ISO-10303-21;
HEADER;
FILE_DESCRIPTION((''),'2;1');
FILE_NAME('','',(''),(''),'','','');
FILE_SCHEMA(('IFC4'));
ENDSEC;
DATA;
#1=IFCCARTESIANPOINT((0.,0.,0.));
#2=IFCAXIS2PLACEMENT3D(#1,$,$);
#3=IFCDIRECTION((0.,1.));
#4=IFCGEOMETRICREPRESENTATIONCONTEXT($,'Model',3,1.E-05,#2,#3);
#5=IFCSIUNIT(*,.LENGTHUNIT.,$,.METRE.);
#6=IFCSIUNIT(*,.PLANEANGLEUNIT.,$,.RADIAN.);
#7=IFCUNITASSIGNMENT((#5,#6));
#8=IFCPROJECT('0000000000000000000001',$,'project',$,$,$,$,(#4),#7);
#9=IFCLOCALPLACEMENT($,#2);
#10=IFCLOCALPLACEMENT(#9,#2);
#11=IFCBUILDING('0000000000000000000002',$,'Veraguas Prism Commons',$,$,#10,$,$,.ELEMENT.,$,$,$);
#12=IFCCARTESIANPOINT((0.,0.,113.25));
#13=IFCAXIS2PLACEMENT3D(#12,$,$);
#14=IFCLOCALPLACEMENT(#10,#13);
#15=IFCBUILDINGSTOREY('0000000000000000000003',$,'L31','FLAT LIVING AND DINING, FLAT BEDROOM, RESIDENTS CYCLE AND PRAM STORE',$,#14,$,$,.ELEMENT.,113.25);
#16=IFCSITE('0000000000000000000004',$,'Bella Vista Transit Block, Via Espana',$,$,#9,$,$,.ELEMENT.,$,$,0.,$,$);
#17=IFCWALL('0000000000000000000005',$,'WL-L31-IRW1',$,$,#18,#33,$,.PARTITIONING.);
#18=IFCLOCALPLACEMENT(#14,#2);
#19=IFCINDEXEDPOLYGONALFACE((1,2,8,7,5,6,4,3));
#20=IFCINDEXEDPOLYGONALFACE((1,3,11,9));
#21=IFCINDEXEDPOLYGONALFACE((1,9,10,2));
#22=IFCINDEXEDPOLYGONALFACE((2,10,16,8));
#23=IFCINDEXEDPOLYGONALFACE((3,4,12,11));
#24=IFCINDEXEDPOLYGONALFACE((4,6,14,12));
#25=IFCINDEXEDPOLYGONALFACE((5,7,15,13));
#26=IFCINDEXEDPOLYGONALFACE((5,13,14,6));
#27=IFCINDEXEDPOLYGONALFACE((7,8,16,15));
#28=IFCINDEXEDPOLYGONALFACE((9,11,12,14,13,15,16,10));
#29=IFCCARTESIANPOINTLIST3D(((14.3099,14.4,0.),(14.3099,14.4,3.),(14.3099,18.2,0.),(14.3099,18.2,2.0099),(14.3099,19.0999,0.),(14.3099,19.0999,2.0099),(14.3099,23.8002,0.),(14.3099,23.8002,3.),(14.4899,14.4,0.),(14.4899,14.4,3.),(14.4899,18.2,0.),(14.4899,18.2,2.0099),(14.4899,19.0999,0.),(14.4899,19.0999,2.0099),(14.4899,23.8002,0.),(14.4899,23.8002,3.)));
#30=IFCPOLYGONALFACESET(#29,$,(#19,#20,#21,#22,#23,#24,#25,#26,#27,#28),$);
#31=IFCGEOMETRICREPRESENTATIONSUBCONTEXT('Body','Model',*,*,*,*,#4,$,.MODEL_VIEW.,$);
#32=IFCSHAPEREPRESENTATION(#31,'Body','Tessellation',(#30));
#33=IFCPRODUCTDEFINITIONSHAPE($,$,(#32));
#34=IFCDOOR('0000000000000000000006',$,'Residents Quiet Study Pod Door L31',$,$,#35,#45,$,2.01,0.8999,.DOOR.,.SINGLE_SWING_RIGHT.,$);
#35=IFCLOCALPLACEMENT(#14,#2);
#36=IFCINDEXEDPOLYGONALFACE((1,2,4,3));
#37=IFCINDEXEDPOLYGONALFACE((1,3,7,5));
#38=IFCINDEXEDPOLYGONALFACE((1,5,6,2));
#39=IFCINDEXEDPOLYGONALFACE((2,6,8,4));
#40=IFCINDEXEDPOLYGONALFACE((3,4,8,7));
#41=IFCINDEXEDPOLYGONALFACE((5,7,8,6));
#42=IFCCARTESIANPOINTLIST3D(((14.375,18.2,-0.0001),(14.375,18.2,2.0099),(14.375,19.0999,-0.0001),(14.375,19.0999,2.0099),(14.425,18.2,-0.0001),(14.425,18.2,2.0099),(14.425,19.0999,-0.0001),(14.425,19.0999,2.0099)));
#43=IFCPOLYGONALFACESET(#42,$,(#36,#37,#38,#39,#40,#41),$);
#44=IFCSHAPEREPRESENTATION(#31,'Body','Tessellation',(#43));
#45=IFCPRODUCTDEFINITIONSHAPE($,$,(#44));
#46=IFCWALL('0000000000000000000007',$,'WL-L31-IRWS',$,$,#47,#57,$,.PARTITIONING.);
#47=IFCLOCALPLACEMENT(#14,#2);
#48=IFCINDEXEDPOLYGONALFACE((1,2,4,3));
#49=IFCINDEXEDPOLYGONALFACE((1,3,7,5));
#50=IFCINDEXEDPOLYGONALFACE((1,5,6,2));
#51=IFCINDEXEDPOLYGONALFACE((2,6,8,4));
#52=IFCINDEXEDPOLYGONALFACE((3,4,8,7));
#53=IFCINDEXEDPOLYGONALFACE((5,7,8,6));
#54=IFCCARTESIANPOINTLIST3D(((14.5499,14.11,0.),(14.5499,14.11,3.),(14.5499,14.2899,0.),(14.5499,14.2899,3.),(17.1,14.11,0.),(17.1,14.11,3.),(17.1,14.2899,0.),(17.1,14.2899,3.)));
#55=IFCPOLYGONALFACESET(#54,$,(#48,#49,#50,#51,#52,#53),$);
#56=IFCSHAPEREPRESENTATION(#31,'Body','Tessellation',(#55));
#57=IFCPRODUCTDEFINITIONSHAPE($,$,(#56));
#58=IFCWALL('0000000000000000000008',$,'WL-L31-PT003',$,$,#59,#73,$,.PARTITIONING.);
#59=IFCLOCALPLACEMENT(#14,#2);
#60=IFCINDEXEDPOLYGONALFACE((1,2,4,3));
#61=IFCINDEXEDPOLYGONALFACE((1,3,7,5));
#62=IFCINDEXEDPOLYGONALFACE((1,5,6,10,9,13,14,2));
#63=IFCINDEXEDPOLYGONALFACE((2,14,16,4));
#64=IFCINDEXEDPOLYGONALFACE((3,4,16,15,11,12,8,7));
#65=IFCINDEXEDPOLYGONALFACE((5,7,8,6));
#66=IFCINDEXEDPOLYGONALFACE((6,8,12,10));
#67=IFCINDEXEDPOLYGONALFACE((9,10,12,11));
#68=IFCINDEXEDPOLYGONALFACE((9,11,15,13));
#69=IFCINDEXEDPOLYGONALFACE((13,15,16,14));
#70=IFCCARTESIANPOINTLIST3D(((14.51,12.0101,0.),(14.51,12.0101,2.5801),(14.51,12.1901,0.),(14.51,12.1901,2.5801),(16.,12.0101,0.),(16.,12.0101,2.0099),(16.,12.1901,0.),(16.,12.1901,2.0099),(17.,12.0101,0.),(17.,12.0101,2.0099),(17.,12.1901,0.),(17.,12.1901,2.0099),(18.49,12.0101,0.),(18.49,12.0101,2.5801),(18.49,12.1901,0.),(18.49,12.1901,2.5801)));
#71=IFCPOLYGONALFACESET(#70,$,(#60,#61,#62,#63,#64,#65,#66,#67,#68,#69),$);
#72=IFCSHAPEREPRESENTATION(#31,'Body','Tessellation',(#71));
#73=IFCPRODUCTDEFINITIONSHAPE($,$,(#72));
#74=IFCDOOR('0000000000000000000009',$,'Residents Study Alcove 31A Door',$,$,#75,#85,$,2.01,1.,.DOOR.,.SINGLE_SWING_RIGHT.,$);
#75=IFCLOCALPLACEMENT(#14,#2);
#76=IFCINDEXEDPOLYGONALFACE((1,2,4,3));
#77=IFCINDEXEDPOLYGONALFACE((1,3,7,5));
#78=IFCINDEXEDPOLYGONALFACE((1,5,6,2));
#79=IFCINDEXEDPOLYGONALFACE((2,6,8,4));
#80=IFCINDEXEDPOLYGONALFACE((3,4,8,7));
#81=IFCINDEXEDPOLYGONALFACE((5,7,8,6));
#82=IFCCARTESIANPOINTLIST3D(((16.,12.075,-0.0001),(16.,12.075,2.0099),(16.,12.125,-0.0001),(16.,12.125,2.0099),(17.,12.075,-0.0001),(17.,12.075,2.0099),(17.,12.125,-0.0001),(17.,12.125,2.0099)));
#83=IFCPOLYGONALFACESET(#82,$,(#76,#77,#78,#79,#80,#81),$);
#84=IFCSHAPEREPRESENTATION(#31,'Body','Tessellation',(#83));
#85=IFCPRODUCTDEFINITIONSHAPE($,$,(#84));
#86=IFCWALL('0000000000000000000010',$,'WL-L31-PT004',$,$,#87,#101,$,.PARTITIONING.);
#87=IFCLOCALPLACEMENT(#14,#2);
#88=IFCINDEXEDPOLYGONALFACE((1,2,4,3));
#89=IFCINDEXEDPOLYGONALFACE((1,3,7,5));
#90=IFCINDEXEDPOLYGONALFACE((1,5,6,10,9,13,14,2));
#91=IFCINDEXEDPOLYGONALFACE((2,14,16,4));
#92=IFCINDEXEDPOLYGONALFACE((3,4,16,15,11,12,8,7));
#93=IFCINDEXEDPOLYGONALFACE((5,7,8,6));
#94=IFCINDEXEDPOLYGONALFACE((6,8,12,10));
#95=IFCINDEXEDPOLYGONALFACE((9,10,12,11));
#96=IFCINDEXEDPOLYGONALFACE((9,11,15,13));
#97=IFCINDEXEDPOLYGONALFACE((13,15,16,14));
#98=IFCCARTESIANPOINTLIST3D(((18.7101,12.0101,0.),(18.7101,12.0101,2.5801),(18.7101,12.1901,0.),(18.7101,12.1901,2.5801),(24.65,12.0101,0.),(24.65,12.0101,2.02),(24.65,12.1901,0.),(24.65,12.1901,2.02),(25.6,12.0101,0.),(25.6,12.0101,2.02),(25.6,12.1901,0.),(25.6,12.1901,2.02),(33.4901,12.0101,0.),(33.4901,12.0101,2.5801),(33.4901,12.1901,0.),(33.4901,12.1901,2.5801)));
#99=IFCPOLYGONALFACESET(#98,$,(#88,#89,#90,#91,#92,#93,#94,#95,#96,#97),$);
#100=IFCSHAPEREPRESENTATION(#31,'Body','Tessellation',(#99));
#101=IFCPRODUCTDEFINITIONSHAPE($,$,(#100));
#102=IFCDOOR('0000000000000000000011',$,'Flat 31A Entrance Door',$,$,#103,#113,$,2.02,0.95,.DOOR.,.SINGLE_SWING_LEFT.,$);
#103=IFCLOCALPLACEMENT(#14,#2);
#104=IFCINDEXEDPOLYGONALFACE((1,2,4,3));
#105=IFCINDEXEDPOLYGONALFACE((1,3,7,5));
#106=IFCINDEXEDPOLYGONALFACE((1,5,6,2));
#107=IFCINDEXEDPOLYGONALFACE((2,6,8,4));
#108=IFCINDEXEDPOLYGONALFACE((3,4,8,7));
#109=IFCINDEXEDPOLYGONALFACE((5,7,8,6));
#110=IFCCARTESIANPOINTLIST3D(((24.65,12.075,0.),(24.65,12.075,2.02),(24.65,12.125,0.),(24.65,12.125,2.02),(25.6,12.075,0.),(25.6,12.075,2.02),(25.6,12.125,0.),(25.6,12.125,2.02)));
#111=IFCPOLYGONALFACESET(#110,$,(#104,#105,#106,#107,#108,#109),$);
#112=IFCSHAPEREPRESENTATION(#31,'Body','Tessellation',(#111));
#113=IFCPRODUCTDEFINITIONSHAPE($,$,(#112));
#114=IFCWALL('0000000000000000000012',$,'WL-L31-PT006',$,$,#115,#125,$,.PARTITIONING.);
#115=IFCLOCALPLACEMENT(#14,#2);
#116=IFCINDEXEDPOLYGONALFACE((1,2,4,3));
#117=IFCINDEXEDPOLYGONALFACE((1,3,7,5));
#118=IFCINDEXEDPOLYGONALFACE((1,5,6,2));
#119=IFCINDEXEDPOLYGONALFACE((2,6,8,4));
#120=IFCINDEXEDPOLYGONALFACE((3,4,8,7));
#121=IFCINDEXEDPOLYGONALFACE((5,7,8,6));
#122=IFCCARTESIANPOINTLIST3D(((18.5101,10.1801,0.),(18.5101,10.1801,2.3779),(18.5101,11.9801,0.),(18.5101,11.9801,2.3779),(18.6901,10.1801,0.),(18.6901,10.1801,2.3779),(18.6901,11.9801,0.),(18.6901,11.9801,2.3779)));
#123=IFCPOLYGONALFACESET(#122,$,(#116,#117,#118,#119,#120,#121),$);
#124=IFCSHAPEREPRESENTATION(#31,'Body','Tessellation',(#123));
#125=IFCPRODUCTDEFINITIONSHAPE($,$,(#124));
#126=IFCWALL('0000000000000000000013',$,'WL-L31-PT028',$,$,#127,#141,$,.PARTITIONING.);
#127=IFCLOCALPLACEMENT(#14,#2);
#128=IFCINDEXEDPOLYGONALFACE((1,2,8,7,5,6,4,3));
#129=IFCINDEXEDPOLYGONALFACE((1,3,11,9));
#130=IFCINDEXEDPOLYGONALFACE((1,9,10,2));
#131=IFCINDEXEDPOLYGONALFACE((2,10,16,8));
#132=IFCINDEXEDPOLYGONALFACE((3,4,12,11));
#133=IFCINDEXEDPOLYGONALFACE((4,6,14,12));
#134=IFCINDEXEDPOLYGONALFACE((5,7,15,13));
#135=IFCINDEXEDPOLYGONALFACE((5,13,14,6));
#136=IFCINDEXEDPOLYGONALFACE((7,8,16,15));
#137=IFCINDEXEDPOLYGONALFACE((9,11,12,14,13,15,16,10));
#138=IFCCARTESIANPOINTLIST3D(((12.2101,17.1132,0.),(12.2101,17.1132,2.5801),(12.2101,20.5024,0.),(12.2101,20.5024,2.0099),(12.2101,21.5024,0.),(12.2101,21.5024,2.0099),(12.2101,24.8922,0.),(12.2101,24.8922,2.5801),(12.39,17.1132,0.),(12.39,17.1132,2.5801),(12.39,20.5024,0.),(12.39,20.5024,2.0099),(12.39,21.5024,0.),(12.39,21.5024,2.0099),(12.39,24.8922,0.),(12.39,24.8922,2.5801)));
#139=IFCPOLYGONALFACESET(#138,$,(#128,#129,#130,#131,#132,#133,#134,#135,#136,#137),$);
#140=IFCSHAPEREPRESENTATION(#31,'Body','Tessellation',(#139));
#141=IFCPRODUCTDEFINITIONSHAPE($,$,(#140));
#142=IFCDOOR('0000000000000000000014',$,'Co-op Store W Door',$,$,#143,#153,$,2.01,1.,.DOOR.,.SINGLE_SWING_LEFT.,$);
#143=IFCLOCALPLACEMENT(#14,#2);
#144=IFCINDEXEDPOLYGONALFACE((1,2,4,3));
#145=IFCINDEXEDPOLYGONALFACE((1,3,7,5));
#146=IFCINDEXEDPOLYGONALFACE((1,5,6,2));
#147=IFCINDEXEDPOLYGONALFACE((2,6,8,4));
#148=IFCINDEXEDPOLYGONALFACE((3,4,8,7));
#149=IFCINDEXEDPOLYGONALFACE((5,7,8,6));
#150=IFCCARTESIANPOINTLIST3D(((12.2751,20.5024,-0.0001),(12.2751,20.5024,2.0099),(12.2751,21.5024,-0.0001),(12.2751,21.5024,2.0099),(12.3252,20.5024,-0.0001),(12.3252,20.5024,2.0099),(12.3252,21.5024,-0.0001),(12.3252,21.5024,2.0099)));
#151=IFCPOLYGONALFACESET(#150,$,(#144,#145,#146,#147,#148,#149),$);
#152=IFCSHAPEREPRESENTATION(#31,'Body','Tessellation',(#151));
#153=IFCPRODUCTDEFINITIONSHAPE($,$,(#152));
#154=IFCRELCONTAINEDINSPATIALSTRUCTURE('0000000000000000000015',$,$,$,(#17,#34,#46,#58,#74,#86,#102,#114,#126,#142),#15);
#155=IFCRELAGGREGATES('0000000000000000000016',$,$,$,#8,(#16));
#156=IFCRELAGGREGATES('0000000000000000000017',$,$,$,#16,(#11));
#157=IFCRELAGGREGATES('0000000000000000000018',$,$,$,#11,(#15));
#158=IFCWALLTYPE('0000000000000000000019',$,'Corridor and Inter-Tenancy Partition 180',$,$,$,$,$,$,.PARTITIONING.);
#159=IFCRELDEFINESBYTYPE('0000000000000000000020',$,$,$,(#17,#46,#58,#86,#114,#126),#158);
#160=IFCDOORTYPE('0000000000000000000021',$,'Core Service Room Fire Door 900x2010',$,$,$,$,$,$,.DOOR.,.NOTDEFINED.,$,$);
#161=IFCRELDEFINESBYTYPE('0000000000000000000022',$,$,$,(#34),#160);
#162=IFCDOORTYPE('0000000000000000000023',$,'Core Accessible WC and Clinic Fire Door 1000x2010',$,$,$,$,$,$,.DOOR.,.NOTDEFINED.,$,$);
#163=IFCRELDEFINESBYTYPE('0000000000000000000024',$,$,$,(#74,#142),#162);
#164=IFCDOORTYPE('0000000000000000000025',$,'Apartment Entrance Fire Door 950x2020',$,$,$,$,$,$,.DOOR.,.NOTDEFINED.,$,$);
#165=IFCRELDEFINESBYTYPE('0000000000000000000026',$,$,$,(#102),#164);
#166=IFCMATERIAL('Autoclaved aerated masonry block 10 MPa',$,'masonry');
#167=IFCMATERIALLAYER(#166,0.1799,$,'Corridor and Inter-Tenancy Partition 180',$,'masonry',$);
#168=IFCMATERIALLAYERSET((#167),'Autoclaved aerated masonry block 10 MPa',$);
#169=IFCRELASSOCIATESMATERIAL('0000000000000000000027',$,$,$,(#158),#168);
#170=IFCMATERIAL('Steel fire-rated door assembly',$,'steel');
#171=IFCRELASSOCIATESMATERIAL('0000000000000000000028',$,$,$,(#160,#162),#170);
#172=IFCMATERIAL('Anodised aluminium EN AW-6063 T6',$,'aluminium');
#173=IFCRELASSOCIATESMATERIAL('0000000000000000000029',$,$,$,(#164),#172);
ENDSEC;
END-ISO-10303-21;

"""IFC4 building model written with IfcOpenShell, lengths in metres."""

from ifc_helpers import new_model, si_unit, direction, frame, frame_2d, origin, place, context, subcontext, project, spatial, rectangle, extrude, source, transform, mapped, material, layer, layer_set, type_object, element, fill, save


model = new_model("IFC4")

# Units and contexts
model_context = context("Model", 3, precision=1e-05, world=origin(), true_north=direction((0.0, 1.0)))
body_context = subcontext(model_context, "Body", "Model", "MODEL_VIEW")
ifc_project = project(units=[si_unit("LENGTHUNIT", "METRE"), si_unit("PLANEANGLEUNIT", "RADIAN")], contexts=[model_context])

# Site, building, storey
site_placement = place(None, origin())
site = spatial("IfcSite", under=ifc_project, at=site_placement, Name="Bella Vista Transit Block, Via Espana", CompositionType="ELEMENT", RefElevation=0.0)
building_placement = place(site_placement, origin())
building = spatial("IfcBuilding", under=site, at=building_placement, Name="Veraguas Prism Commons", CompositionType="ELEMENT")
storey_placement = place(building_placement, frame((0.0, 0.0, 113.25)))
storey = spatial("IfcBuildingStorey", under=building, at=storey_placement, Name="L31", Description="FLAT LIVING AND DINING, FLAT BEDROOM, RESIDENTS CYCLE AND PRAM STORE", CompositionType="ELEMENT", Elevation=113.25)

# Shared definitions
ifc_material_1 = material(Name="Steel fire-rated door assembly", Category="steel")

# Wall, opening, door
ifc_material_2 = material(Name="Autoclaved aerated masonry block 10 MPa", Category="masonry")
ifc_layer_1 = layer(ifc_material_2, 0.1799, Name="Corridor and Inter-Tenancy Partition 180", Category="masonry")
ifc_layer_set_1 = layer_set([ifc_layer_1], Name="Autoclaved aerated masonry block 10 MPa")
wall_type_1 = type_object("IfcWallType", Name="Corridor and Inter-Tenancy Partition 180", PredefinedType="PARTITIONING", material=ifc_layer_set_1)
wall_1_placement = place(storey_placement, frame((14.3999, 14.3999, 0.0), z_axis=(0.0, 0.0, 1.0), x_axis=(0.0, 1.0, 0.0)))
wall_1 = element("IfcWall", 1, at=wall_1_placement, inside=storey, type_object=wall_type_1, Name="WL-L31-IRW1", PredefinedType="PARTITIONING", context=body_context, shape_type="SweptSolid", body=[
    extrude(rectangle(XDim=9.4001, YDim=0.1799, at=frame_2d((4.7002, 0.0))), origin(), (0.0, 0.0, 1.0), 3.0),
])
opening_1_placement = place(wall_1_placement, frame((3.8, 0.0, 0.0)))
opening_1 = element("IfcOpeningElement", 2, at=opening_1_placement, cuts=wall_1, PredefinedType="OPENING", context=body_context, shape_type="SweptSolid", body=[
    extrude(rectangle(XDim=0.8999, YDim=2.01, at=frame_2d((0.45, 1.0049))), frame((0.0, 0.0999, 0.0), z_axis=(0.0, -1.0, 0.0), x_axis=(1.0, 0.0, 0.0)), (0.0, 0.0, 1.0), 0.2),
])
door_type_1 = type_object("IfcDoorType", Name="Core Service Room Fire Door 900x2010", OperationType="NOTDEFINED", PredefinedType="DOOR", material=ifc_material_1)
shared_shape_1 = source(origin(), body_context, "Body", "SweptSolid", [
    extrude(rectangle(XDim=0.8999, YDim=2.01, at=frame_2d((0.45, 1.0049))), frame((0.0, 0.0249, 0.0), z_axis=(0.0, -1.0, 0.0), x_axis=(1.0, 0.0, 0.0)), (0.0, 0.0, 1.0), 0.05),
])
door_1_placement = place(opening_1_placement, origin())
door_1 = element("IfcDoor", 3, at=door_1_placement, inside=storey, type_object=door_type_1, Name="Residents Quiet Study Pod Door L31", OperationType="SINGLE_SWING_RIGHT", OverallHeight=2.01, OverallWidth=0.8999, PredefinedType="DOOR", context=body_context, shape_type="MappedRepresentation", body=[
    mapped(shared_shape_1, transform((0.0, 0.0, 0.0), scale=1.0)),
])
fill(opening_1, door_1)

# Wall
wall_2_placement = place(storey_placement, frame((14.55, 14.2, 0.0), z_axis=(0.0, 0.0, 1.0), x_axis=(1.0, 0.0, 0.0)))
element("IfcWall", 4, at=wall_2_placement, inside=storey, type_object=wall_type_1, Name="WL-L31-IRWS", PredefinedType="PARTITIONING", context=body_context, shape_type="SweptSolid", body=[
    extrude(rectangle(XDim=2.55, YDim=0.1799, at=frame_2d((1.2749, 0.0))), origin(), (0.0, 0.0, 1.0), 3.0),
])

# Walls, openings, doors
wall_3_placement = place(storey_placement, frame((14.51, 12.1001, 0.0), z_axis=(0.0, 0.0, 1.0), x_axis=(1.0, 0.0, 0.0)))
wall_3 = element("IfcWall", 5, at=wall_3_placement, inside=storey, type_object=wall_type_1, Name="WL-L31-PT003", PredefinedType="PARTITIONING", context=body_context, shape_type="SweptSolid", body=[
    extrude(rectangle(XDim=3.98, YDim=0.1799, at=frame_2d((1.99, 0.0))), origin(), (0.0, 0.0, 1.0), 2.5801),
])
opening_2_placement = place(wall_3_placement, frame((1.49, 0.0, 0.0)))
opening_2 = element("IfcOpeningElement", 6, at=opening_2_placement, cuts=wall_3, PredefinedType="OPENING", context=body_context, shape_type="SweptSolid", body=[
    extrude(rectangle(XDim=1.0, YDim=2.01, at=frame_2d((0.5, 1.0049))), frame((0.0, 0.0999, 0.0), z_axis=(0.0, -1.0, 0.0), x_axis=(1.0, 0.0, 0.0)), (0.0, 0.0, 1.0), 0.2),
])
door_type_2 = type_object("IfcDoorType", Name="Core Accessible WC and Clinic Fire Door 1000x2010", OperationType="NOTDEFINED", PredefinedType="DOOR", material=ifc_material_1)
shared_shape_2 = source(origin(), body_context, "Body", "SweptSolid", [
    extrude(rectangle(XDim=1.0, YDim=2.01, at=frame_2d((0.5, 1.0049))), frame((0.0, 0.0249, 0.0), z_axis=(0.0, -1.0, 0.0), x_axis=(1.0, 0.0, 0.0)), (0.0, 0.0, 1.0), 0.05),
])
door_2_placement = place(opening_2_placement, origin())
door_2 = element("IfcDoor", 7, at=door_2_placement, inside=storey, type_object=door_type_2, Name="Residents Study Alcove 31A Door", OperationType="SINGLE_SWING_RIGHT", OverallHeight=2.01, OverallWidth=1.0, PredefinedType="DOOR", context=body_context, shape_type="MappedRepresentation", body=[
    mapped(shared_shape_2, transform((0.0, 0.0, 0.0), scale=1.0)),
])
fill(opening_2, door_2)
wall_4_placement = place(storey_placement, frame((18.71, 12.1001, 0.0), z_axis=(0.0, 0.0, 1.0), x_axis=(1.0, 0.0, 0.0)))
wall_4 = element("IfcWall", 8, at=wall_4_placement, inside=storey, type_object=wall_type_1, Name="WL-L31-PT004", PredefinedType="PARTITIONING", context=body_context, shape_type="SweptSolid", body=[
    extrude(rectangle(XDim=14.78, YDim=0.1799, at=frame_2d((7.3901, 0.0))), origin(), (0.0, 0.0, 1.0), 2.5801),
])
opening_3_placement = place(wall_4_placement, frame((5.9399, 0.0, 0.0)))
opening_3 = element("IfcOpeningElement", 9, at=opening_3_placement, cuts=wall_4, PredefinedType="OPENING", context=body_context, shape_type="SweptSolid", body=[
    extrude(rectangle(XDim=0.95, YDim=2.02, at=frame_2d((0.4751, 1.01))), frame((0.0, 0.0999, 0.0), z_axis=(0.0, -1.0, 0.0), x_axis=(1.0, 0.0, 0.0)), (0.0, 0.0, 1.0), 0.2),
])
ifc_material_3 = material(Name="Anodised aluminium EN AW-6063 T6", Category="aluminium")
door_type_3 = type_object("IfcDoorType", Name="Apartment Entrance Fire Door 950x2020", OperationType="NOTDEFINED", PredefinedType="DOOR", material=ifc_material_3)
shared_shape_3 = source(origin(), body_context, "Body", "SweptSolid", [
    extrude(rectangle(XDim=0.95, YDim=2.02, at=frame_2d((0.4751, 1.01))), frame((0.0, 0.0249, 0.0), z_axis=(0.0, -1.0, 0.0), x_axis=(1.0, 0.0, 0.0)), (0.0, 0.0, 1.0), 0.05),
])
door_3_placement = place(opening_3_placement, origin())
door_3 = element("IfcDoor", 10, at=door_3_placement, inside=storey, type_object=door_type_3, Name="Flat 31A Entrance Door", OperationType="SINGLE_SWING_LEFT", OverallHeight=2.02, OverallWidth=0.95, PredefinedType="DOOR", context=body_context, shape_type="MappedRepresentation", body=[
    mapped(shared_shape_3, transform((0.0, 0.0, 0.0), scale=1.0)),
])
fill(opening_3, door_3)

# Wall
wall_5_placement = place(storey_placement, frame((18.6001, 11.98, 0.0), z_axis=(0.0, 0.0, 1.0), x_axis=(0.0, -1.0, 0.0)))
element("IfcWall", 11, at=wall_5_placement, inside=storey, type_object=wall_type_1, Name="WL-L31-PT006", PredefinedType="PARTITIONING", context=body_context, shape_type="SweptSolid", body=[
    extrude(rectangle(XDim=1.8, YDim=0.1799, at=frame_2d((0.8999, 0.0))), origin(), (0.0, 0.0, 1.0), 2.3779),
])

# Wall, opening, door
wall_6_placement = place(storey_placement, frame((12.3, 17.113, 0.0), z_axis=(0.0, 0.0, 1.0), x_axis=(0.0, 1.0, 0.0)))
wall_6 = element("IfcWall", 12, at=wall_6_placement, inside=storey, type_object=wall_type_1, Name="WL-L31-PT028", PredefinedType="PARTITIONING", context=body_context, shape_type="SweptSolid", body=[
    extrude(rectangle(XDim=7.7791, YDim=0.1799, at=frame_2d((3.8896, 0.0))), origin(), (0.0, 0.0, 1.0), 2.5801),
])
opening_4_placement = place(wall_6_placement, frame((3.3894, 0.0, 0.0)))
opening_4 = element("IfcOpeningElement", 13, at=opening_4_placement, cuts=wall_6, PredefinedType="OPENING", context=body_context, shape_type="SweptSolid", body=[
    extrude(rectangle(XDim=1.0, YDim=2.01, at=frame_2d((0.5, 1.0049))), frame((0.0, 0.0999, 0.0), z_axis=(0.0, -1.0, 0.0), x_axis=(1.0, 0.0, 0.0)), (0.0, 0.0, 1.0), 0.2),
])
door_4_placement = place(opening_4_placement, origin())
door_4 = element("IfcDoor", 14, at=door_4_placement, inside=storey, type_object=door_type_2, Name="Co-op Store W Door", OperationType="SINGLE_SWING_LEFT", OverallHeight=2.01, OverallWidth=1.0, PredefinedType="DOOR", context=body_context, shape_type="MappedRepresentation", body=[
    mapped(shared_shape_2, transform((0.0, 0.0, 0.0), scale=1.0)),
])
fill(opening_4, door_4)

save(model, "model.ifc")
